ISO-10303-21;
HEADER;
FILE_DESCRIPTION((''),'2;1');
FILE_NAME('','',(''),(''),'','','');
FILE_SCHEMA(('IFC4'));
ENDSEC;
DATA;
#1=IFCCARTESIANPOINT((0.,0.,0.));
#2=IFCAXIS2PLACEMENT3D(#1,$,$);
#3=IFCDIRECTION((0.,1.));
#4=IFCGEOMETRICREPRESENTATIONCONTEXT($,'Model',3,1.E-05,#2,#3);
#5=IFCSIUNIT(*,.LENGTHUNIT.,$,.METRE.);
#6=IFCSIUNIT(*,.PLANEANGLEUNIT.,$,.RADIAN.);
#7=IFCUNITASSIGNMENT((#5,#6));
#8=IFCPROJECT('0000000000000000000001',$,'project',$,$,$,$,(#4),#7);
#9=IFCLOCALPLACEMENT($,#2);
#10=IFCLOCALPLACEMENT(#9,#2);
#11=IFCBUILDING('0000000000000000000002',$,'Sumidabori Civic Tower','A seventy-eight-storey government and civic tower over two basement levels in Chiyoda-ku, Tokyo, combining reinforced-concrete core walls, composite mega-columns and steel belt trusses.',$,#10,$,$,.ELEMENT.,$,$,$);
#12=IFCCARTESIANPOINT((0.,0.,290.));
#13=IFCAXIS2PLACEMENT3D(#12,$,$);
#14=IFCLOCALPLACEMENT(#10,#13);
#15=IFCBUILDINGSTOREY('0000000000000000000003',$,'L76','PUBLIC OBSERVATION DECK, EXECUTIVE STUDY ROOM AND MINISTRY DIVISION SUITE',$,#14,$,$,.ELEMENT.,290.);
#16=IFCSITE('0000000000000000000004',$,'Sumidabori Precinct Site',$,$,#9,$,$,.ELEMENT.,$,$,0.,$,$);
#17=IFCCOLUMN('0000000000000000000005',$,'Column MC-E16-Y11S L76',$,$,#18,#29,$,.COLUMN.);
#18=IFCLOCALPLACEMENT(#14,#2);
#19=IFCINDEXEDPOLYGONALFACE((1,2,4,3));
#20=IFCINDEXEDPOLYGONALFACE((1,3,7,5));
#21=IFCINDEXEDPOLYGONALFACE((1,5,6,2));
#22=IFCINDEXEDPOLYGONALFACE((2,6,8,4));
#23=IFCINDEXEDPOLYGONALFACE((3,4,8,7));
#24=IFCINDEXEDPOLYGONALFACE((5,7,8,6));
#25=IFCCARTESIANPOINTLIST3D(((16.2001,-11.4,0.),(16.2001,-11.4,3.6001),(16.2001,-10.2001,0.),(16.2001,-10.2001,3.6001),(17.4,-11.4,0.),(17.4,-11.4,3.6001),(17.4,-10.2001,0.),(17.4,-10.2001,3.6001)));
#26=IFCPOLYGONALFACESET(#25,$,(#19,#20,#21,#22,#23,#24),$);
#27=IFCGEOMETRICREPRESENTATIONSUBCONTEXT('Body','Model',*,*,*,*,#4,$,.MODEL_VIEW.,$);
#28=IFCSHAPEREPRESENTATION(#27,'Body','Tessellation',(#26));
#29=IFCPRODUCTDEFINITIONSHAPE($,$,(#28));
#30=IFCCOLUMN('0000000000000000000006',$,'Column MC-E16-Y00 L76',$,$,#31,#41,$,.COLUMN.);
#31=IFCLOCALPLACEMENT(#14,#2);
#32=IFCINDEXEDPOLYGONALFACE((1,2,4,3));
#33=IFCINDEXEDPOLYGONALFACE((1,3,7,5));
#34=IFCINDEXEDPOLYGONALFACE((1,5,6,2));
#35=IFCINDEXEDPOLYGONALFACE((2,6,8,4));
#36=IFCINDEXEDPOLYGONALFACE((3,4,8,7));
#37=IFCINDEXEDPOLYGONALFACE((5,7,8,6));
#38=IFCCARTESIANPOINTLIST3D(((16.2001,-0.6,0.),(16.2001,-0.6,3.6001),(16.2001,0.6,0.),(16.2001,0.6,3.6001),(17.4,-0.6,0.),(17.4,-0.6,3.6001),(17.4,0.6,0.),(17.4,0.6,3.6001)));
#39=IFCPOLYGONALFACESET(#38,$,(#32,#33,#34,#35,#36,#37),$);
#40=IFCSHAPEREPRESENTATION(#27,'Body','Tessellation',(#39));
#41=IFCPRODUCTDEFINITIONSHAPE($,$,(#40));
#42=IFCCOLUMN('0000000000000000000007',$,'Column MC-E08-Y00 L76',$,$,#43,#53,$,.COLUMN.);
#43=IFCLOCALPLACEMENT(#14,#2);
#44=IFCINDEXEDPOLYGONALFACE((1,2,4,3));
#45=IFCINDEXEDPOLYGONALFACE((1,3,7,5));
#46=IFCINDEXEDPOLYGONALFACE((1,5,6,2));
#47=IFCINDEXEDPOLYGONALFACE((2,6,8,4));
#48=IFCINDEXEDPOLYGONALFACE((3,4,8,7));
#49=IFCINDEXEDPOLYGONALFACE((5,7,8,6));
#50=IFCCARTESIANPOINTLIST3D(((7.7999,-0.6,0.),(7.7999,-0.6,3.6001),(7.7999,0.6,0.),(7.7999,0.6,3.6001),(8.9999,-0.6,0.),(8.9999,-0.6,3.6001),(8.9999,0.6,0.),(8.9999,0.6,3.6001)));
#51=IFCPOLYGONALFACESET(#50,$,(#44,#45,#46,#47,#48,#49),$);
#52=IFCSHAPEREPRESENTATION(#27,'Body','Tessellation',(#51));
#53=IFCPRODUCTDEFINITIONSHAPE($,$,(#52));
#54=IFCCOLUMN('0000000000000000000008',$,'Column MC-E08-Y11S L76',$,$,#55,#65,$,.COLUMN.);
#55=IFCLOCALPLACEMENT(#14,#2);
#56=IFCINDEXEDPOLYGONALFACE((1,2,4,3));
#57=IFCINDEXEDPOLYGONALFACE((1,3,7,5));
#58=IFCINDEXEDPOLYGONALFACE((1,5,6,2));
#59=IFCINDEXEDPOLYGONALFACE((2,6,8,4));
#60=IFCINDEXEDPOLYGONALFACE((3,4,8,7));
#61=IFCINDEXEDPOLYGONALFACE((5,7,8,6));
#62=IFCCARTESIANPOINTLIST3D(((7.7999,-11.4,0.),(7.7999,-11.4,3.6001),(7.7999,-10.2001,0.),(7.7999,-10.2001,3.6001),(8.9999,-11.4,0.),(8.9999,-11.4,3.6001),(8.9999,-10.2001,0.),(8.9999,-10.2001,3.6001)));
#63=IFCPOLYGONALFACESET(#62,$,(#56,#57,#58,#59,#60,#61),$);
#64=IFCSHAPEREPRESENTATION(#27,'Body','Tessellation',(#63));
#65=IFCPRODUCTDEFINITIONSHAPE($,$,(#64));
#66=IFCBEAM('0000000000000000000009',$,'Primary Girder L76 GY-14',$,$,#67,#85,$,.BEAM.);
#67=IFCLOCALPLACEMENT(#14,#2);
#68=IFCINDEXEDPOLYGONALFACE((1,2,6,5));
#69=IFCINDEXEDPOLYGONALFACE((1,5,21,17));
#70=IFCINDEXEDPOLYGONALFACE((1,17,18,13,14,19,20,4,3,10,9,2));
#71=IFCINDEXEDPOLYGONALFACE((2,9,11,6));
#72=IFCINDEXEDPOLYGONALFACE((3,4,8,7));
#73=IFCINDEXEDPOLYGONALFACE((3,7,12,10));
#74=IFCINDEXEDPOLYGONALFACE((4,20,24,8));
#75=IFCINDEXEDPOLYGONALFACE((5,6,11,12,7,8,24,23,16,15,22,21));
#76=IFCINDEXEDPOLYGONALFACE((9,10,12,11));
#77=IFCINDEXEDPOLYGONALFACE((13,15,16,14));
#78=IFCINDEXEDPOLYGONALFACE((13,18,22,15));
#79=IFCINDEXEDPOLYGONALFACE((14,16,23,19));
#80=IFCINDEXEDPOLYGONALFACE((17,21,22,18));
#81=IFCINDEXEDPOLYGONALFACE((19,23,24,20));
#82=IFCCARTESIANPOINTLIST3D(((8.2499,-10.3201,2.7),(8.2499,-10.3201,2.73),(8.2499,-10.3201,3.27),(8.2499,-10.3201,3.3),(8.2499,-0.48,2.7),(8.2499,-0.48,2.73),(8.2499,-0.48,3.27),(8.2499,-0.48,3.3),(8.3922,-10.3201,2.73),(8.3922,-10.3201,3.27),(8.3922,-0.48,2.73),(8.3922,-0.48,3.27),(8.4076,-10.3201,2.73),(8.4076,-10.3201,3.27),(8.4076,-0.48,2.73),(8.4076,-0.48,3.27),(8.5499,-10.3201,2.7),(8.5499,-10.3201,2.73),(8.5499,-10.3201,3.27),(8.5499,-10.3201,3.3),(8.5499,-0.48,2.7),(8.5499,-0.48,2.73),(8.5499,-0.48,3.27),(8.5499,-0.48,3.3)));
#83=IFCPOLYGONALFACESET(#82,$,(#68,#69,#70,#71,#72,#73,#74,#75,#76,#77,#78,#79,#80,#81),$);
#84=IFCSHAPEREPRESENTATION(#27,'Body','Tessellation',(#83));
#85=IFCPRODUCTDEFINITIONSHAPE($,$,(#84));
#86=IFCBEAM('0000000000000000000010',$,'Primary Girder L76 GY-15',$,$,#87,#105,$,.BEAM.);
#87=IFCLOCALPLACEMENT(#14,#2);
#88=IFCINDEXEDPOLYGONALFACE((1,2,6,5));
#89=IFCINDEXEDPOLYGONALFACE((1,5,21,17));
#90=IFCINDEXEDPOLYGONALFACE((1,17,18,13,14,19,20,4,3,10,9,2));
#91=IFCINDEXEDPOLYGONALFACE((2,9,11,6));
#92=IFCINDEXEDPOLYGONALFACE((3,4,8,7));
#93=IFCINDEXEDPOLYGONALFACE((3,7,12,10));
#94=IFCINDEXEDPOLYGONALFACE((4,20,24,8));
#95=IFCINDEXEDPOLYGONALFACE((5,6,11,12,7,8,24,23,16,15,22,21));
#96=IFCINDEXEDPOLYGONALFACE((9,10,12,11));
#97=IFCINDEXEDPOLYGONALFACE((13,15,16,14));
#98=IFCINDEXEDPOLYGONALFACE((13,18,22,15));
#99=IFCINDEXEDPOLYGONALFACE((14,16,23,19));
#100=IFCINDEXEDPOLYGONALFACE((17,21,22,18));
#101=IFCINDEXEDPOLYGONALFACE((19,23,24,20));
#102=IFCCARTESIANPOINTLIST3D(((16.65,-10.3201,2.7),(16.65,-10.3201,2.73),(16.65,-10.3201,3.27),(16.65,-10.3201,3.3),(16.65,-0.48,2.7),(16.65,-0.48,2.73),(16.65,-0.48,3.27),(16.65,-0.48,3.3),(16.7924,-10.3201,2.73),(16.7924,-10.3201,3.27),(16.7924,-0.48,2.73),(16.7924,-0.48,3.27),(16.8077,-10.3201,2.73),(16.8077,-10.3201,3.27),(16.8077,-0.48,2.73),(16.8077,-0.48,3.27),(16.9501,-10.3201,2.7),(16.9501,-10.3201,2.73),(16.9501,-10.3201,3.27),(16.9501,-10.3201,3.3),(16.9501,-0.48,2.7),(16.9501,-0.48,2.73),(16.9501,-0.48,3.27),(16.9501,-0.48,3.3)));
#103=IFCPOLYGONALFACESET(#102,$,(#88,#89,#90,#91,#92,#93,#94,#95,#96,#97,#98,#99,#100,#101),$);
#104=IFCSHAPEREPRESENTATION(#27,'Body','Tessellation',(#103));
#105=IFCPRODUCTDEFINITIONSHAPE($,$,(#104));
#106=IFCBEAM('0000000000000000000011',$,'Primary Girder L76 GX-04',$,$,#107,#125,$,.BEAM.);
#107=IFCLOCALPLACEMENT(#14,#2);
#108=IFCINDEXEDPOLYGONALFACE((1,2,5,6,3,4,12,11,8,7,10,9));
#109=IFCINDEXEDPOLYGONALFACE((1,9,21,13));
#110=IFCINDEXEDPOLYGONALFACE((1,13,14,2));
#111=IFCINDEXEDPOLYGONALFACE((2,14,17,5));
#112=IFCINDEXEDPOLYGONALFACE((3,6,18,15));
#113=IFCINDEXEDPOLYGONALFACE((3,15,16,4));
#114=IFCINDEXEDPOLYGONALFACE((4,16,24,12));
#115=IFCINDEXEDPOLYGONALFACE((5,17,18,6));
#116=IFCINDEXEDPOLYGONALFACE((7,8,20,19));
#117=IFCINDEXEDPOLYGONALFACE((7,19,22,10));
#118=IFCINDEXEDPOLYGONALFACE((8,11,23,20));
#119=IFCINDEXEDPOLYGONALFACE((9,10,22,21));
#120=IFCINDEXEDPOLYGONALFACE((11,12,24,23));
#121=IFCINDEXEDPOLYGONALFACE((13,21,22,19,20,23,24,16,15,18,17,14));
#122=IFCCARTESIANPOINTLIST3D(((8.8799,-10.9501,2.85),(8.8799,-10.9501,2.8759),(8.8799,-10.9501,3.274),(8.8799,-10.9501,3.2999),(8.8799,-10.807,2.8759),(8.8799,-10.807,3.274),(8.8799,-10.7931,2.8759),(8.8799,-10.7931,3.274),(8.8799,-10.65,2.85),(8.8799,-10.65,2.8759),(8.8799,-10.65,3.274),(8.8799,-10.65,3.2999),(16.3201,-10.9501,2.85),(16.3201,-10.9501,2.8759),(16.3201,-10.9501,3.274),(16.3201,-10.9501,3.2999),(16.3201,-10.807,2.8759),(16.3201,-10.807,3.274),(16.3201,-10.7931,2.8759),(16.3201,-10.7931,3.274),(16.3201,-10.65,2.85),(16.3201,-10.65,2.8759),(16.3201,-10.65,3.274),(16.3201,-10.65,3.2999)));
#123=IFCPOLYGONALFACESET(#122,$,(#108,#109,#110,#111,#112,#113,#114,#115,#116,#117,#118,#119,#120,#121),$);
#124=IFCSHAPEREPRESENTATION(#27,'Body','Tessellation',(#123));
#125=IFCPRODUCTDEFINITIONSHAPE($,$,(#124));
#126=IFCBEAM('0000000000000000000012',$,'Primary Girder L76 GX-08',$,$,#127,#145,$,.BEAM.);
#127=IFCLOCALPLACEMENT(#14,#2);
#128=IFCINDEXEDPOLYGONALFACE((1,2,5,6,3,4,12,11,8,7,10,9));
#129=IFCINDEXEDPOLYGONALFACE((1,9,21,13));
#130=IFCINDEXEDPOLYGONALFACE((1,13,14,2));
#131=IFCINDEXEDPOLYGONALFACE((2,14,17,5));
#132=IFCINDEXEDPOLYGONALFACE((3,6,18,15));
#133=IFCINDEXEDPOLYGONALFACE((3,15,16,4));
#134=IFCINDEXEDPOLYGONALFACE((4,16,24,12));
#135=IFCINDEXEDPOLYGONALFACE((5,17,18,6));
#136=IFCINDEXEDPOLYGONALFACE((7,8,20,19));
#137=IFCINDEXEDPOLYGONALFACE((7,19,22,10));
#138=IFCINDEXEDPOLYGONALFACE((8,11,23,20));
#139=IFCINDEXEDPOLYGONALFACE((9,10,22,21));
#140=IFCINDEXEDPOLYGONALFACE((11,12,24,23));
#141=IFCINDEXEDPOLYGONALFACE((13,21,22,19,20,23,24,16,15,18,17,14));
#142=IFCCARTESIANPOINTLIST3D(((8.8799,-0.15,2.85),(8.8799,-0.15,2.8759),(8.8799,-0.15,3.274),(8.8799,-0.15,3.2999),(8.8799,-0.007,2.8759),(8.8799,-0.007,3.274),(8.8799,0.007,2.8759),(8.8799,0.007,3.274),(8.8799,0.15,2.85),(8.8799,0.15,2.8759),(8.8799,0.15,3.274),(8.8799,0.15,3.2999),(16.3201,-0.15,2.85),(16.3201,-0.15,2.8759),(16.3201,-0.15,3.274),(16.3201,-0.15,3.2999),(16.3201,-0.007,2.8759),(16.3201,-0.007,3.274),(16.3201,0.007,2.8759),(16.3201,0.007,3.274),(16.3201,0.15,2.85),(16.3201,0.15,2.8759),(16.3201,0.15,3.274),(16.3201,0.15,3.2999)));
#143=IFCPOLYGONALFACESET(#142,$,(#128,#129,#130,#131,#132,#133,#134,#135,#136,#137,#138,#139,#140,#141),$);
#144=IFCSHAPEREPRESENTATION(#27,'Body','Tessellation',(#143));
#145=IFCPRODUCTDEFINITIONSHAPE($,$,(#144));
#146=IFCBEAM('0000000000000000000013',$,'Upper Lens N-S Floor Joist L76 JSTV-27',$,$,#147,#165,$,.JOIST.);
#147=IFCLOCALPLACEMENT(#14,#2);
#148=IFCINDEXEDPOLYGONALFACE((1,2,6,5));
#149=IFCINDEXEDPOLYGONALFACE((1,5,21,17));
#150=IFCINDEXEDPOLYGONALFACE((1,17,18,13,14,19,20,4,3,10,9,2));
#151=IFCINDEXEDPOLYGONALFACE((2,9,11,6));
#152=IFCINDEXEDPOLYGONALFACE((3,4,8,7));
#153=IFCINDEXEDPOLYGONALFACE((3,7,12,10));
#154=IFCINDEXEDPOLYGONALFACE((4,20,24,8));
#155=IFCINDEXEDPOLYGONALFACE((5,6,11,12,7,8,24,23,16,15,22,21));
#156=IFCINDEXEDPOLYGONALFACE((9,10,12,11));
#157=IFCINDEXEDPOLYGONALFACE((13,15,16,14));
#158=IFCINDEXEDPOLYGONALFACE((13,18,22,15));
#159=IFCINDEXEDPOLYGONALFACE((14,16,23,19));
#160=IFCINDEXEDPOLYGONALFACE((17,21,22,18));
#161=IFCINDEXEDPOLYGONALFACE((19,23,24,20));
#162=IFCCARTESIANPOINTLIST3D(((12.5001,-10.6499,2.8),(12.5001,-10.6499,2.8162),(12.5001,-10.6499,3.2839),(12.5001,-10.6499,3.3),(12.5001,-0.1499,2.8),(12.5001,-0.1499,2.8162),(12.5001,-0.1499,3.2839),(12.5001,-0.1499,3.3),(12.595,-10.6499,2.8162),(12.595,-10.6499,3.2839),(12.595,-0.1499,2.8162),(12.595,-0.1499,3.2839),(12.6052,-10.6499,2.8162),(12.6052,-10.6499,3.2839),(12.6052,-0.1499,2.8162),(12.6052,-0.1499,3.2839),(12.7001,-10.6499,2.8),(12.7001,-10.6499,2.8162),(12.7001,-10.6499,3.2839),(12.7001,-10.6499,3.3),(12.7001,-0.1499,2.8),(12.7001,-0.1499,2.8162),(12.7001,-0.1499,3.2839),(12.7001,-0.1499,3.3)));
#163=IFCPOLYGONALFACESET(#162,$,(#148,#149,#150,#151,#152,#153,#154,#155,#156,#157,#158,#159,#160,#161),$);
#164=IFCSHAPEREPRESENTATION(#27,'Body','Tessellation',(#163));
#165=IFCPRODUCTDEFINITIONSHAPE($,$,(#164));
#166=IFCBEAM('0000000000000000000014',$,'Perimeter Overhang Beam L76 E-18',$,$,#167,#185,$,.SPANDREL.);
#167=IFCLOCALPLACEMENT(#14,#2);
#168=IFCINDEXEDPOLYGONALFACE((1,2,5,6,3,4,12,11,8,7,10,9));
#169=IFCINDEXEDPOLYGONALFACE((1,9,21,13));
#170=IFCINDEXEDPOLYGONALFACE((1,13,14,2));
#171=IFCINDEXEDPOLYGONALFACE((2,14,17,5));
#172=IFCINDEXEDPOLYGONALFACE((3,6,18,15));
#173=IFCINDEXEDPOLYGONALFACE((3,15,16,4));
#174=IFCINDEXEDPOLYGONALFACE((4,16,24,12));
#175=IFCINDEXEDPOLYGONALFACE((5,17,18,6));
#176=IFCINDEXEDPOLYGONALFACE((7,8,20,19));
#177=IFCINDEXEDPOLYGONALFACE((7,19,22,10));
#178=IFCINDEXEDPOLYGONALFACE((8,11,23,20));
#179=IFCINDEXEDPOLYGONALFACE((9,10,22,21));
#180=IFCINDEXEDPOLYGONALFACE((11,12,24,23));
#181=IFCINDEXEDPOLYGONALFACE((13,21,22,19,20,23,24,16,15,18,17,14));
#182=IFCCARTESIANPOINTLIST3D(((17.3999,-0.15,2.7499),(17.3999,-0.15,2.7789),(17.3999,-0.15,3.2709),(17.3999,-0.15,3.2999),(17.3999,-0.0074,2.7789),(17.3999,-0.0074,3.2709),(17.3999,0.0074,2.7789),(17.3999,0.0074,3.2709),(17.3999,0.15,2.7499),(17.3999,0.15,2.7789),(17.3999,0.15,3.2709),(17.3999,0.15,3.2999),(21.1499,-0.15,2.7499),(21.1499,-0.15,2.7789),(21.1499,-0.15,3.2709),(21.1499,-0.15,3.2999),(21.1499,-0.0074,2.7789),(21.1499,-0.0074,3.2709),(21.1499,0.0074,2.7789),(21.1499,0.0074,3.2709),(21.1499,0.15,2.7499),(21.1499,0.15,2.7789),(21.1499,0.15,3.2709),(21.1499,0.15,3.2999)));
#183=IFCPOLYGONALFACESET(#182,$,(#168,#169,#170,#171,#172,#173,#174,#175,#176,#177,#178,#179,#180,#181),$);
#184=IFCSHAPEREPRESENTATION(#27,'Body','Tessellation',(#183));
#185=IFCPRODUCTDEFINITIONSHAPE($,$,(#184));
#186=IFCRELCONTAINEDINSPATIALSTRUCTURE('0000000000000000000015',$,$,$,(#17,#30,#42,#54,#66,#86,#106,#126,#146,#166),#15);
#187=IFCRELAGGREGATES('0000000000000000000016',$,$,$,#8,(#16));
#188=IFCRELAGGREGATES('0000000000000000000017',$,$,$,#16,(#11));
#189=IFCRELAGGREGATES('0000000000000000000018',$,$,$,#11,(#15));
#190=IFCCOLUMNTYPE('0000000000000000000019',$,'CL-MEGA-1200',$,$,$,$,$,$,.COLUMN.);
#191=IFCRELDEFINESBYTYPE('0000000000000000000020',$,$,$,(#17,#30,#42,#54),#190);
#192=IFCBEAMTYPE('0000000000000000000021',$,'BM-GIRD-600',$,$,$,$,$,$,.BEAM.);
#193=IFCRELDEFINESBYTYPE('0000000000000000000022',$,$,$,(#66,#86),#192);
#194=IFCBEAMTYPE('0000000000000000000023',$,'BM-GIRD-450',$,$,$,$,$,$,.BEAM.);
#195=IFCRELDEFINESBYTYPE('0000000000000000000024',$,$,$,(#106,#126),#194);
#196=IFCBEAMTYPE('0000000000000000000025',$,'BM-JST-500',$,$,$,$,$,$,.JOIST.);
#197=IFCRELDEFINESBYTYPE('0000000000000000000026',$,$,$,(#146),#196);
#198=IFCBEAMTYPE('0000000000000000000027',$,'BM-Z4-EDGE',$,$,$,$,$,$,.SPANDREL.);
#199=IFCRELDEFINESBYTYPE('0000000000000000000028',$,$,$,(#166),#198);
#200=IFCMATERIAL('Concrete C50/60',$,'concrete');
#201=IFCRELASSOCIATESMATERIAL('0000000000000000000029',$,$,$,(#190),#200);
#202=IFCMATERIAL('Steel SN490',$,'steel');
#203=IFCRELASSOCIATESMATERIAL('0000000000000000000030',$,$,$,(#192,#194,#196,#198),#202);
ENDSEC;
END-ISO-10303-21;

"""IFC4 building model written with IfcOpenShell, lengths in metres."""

from ifc_helpers import new_model, si_unit, direction, frame, origin, origin_2d, place, context, subcontext, project, spatial, rectangle, i_section, extrude, source, transform, mapped, material, material_profile, profile_set, type_object, element, save


model = new_model("IFC4")

# Units and contexts
model_context = context("Model", 3, precision=1e-05, world=origin(), true_north=direction((0.0, 1.0)))
body_context = subcontext(model_context, "Body", "Model", "MODEL_VIEW")
ifc_project = project(units=[si_unit("LENGTHUNIT", "METRE"), si_unit("PLANEANGLEUNIT", "RADIAN")], contexts=[model_context])

# Site, building, storey
site_placement = place(None, origin())
site = spatial("IfcSite", under=ifc_project, at=site_placement, Name="Sumidabori Precinct Site", CompositionType="ELEMENT", RefElevation=0.0)
building_placement = place(site_placement, origin())
building = spatial("IfcBuilding", under=site, at=building_placement, Name="Sumidabori Civic Tower", Description="A seventy-eight-storey government and civic tower over two basement levels in Chiyoda-ku, Tokyo, combining reinforced-concrete core walls, composite mega-columns and steel belt trusses.", CompositionType="ELEMENT")
storey_placement = place(building_placement, frame((0.0, 0.0, 290.0)))
storey = spatial("IfcBuildingStorey", under=building, at=storey_placement, Name="L76", Description="PUBLIC OBSERVATION DECK, EXECUTIVE STUDY ROOM AND MINISTRY DIVISION SUITE", CompositionType="ELEMENT", Elevation=290.0)

# Columns
ifc_material_1 = material(Name="Concrete C50/60", Category="concrete")
ifc_material_profile_1 = material_profile(ifc_material_1, rectangle(XDim=1.2, YDim=1.2, at=origin_2d()), Name="RC 1200x1200")
ifc_profile_set_1 = profile_set([ifc_material_profile_1], Name="Concrete C50/60")
column_type = type_object("IfcColumnType", Name="CL-MEGA-1200", PredefinedType="COLUMN", material=ifc_profile_set_1)
shared_shape_1 = source(origin(), body_context, "Body", "SweptSolid", [
    extrude(rectangle(XDim=1.2, YDim=1.2, at=origin_2d()), origin(), (0.0, 0.0, 1.0), 3.6001),
])
for number, where, z_axis, x_axis, name in (
    (1, (16.8, -10.8, 0.0), (0.0, 0.0, 1.0), (1.0, 0.0, 0.0), "Column MC-E16-Y11S L76"),
    (2, (16.8, 0.0, 0.0), (0.0, 0.0, 1.0), (1.0, 0.0, 0.0), "Column MC-E16-Y00 L76"),
    (3, (8.3999, 0.0, 0.0), (0.0, 0.0, 1.0), (1.0, 0.0, 0.0), "Column MC-E08-Y00 L76"),
    (4, (8.3999, -10.8, 0.0), (0.0, 0.0, 1.0), (1.0, 0.0, 0.0), "Column MC-E08-Y11S L76"),
):
    element("IfcColumn", number, at=place(storey_placement, frame(where, z_axis=z_axis, x_axis=x_axis)), inside=storey, type_object=column_type, Name=name, PredefinedType="COLUMN", context=body_context, shape_type="MappedRepresentation", body=[
        mapped(shared_shape_1, transform((0.0, 0.0, 0.0), x_axis=(1.0, 0.0, 0.0), y_axis=(0.0, 1.0, 0.0), z_axis=(0.0, 0.0, 1.0), scale=1.0)),
    ])

# Beams
ifc_material_2 = material(Name="Steel SN490", Category="steel")
ifc_material_profile_2 = material_profile(ifc_material_2, i_section(OverallWidth=0.3, OverallDepth=0.6001, WebThickness=0.0154, FlangeThickness=0.03, at=origin_2d()), Name="HE 600 B")
ifc_profile_set_2 = profile_set([ifc_material_profile_2], Name="Steel SN490")
beam_type_1 = type_object("IfcBeamType", Name="BM-GIRD-600", PredefinedType="BEAM", material=ifc_profile_set_2)
shared_shape_2 = source(origin(), body_context, "Body", "SweptSolid", [
    extrude(i_section(OverallWidth=0.3, OverallDepth=0.6001, WebThickness=0.0154, FlangeThickness=0.03, at=origin_2d()), origin(), (0.0, 0.0, 1.0), 9.8401),
])
for number, where, z_axis, x_axis, name in (
    (5, (8.3999, -10.3201, 3.0), (0.0, 1.0, 0.0), (-1.0, 0.0, 0.0), "Primary Girder L76 GY-14"),
    (6, (16.8, -10.3201, 3.0), (0.0, 1.0, 0.0), (-1.0, 0.0, 0.0), "Primary Girder L76 GY-15"),
):
    element("IfcBeam", number, at=place(storey_placement, frame(where, z_axis=z_axis, x_axis=x_axis)), inside=storey, type_object=beam_type_1, Name=name, PredefinedType="BEAM", context=body_context, shape_type="MappedRepresentation", body=[
        mapped(shared_shape_2, transform((0.0, 0.0, 0.0), x_axis=(1.0, 0.0, 0.0), y_axis=(0.0, 1.0, 0.0), z_axis=(0.0, 0.0, 1.0), scale=1.0)),
    ])
ifc_material_profile_3 = material_profile(ifc_material_2, i_section(OverallWidth=0.3, OverallDepth=0.45, WebThickness=0.0139, FlangeThickness=0.0259, at=origin_2d()), Name="HE 450 B")
ifc_profile_set_3 = profile_set([ifc_material_profile_3], Name="Steel SN490")
beam_type_2 = type_object("IfcBeamType", Name="BM-GIRD-450", PredefinedType="BEAM", material=ifc_profile_set_3)
shared_shape_3 = source(origin(), body_context, "Body", "SweptSolid", [
    extrude(i_section(OverallWidth=0.3, OverallDepth=0.45, WebThickness=0.0139, FlangeThickness=0.0259, at=origin_2d()), origin(), (0.0, 0.0, 1.0), 7.4402),
])
for number, where, z_axis, x_axis, name in (
    (7, (8.8799, -10.8, 3.075), (1.0, 0.0, 0.0), (0.0, 1.0, 0.0), "Primary Girder L76 GX-04"),
    (8, (8.8799, 0.0, 3.075), (1.0, 0.0, 0.0), (0.0, 1.0, 0.0), "Primary Girder L76 GX-08"),
):
    element("IfcBeam", number, at=place(storey_placement, frame(where, z_axis=z_axis, x_axis=x_axis)), inside=storey, type_object=beam_type_2, Name=name, PredefinedType="BEAM", context=body_context, shape_type="MappedRepresentation", body=[
        mapped(shared_shape_3, transform((0.0, 0.0, 0.0), x_axis=(1.0, 0.0, 0.0), y_axis=(0.0, 1.0, 0.0), z_axis=(0.0, 0.0, 1.0), scale=1.0)),
    ])
ifc_material_profile_4 = material_profile(ifc_material_2, i_section(OverallWidth=0.2, OverallDepth=0.5, WebThickness=0.0103, FlangeThickness=0.0161, at=origin_2d()), Name="IPE 500")
ifc_profile_set_4 = profile_set([ifc_material_profile_4], Name="Steel SN490")
beam_type_3 = type_object("IfcBeamType", Name="BM-JST-500", PredefinedType="JOIST", material=ifc_profile_set_4)
shared_shape_4 = source(origin(), body_context, "Body", "SweptSolid", [
    extrude(i_section(OverallWidth=0.2, OverallDepth=0.5, WebThickness=0.0103, FlangeThickness=0.0161, at=origin_2d()), origin(), (0.0, 0.0, 1.0), 10.5),
])
beam_1_placement = place(storey_placement, frame((12.6001, -10.6499, 3.05), z_axis=(0.0, 1.0, 0.0), x_axis=(-1.0, 0.0, 0.0)))
element("IfcBeam", 9, at=beam_1_placement, inside=storey, type_object=beam_type_3, Name="Upper Lens N-S Floor Joist L76 JSTV-27", PredefinedType="JOIST", context=body_context, shape_type="MappedRepresentation", body=[
    mapped(shared_shape_4, transform((0.0, 0.0, 0.0), x_axis=(1.0, 0.0, 0.0), y_axis=(0.0, 1.0, 0.0), z_axis=(0.0, 0.0, 1.0), scale=1.0)),
])
ifc_material_profile_5 = material_profile(ifc_material_2, i_section(OverallWidth=0.3, OverallDepth=0.55, WebThickness=0.0149, FlangeThickness=0.0291, at=origin_2d()), Name="HE 550 B")
ifc_profile_set_5 = profile_set([ifc_material_profile_5], Name="Steel SN490")
beam_type_4 = type_object("IfcBeamType", Name="BM-Z4-EDGE", PredefinedType="SPANDREL", material=ifc_profile_set_5)
shared_shape_5 = source(origin(), body_context, "Body", "SweptSolid", [
    extrude(i_section(OverallWidth=0.3, OverallDepth=0.55, WebThickness=0.0149, FlangeThickness=0.0291, at=origin_2d()), origin(), (0.0, 0.0, 1.0), 3.75),
])
beam_2_placement = place(storey_placement, frame((17.3999, 0.0, 3.0249), z_axis=(1.0, 0.0, 0.0), x_axis=(0.0, 1.0, 0.0)))
element("IfcBeam", 10, at=beam_2_placement, inside=storey, type_object=beam_type_4, Name="Perimeter Overhang Beam L76 E-18", PredefinedType="SPANDREL", context=body_context, shape_type="MappedRepresentation", body=[
    mapped(shared_shape_5, transform((0.0, 0.0, 0.0), x_axis=(1.0, 0.0, 0.0), y_axis=(0.0, 1.0, 0.0), z_axis=(0.0, 0.0, 1.0), scale=1.0)),
])

save(model, "model.ifc")
